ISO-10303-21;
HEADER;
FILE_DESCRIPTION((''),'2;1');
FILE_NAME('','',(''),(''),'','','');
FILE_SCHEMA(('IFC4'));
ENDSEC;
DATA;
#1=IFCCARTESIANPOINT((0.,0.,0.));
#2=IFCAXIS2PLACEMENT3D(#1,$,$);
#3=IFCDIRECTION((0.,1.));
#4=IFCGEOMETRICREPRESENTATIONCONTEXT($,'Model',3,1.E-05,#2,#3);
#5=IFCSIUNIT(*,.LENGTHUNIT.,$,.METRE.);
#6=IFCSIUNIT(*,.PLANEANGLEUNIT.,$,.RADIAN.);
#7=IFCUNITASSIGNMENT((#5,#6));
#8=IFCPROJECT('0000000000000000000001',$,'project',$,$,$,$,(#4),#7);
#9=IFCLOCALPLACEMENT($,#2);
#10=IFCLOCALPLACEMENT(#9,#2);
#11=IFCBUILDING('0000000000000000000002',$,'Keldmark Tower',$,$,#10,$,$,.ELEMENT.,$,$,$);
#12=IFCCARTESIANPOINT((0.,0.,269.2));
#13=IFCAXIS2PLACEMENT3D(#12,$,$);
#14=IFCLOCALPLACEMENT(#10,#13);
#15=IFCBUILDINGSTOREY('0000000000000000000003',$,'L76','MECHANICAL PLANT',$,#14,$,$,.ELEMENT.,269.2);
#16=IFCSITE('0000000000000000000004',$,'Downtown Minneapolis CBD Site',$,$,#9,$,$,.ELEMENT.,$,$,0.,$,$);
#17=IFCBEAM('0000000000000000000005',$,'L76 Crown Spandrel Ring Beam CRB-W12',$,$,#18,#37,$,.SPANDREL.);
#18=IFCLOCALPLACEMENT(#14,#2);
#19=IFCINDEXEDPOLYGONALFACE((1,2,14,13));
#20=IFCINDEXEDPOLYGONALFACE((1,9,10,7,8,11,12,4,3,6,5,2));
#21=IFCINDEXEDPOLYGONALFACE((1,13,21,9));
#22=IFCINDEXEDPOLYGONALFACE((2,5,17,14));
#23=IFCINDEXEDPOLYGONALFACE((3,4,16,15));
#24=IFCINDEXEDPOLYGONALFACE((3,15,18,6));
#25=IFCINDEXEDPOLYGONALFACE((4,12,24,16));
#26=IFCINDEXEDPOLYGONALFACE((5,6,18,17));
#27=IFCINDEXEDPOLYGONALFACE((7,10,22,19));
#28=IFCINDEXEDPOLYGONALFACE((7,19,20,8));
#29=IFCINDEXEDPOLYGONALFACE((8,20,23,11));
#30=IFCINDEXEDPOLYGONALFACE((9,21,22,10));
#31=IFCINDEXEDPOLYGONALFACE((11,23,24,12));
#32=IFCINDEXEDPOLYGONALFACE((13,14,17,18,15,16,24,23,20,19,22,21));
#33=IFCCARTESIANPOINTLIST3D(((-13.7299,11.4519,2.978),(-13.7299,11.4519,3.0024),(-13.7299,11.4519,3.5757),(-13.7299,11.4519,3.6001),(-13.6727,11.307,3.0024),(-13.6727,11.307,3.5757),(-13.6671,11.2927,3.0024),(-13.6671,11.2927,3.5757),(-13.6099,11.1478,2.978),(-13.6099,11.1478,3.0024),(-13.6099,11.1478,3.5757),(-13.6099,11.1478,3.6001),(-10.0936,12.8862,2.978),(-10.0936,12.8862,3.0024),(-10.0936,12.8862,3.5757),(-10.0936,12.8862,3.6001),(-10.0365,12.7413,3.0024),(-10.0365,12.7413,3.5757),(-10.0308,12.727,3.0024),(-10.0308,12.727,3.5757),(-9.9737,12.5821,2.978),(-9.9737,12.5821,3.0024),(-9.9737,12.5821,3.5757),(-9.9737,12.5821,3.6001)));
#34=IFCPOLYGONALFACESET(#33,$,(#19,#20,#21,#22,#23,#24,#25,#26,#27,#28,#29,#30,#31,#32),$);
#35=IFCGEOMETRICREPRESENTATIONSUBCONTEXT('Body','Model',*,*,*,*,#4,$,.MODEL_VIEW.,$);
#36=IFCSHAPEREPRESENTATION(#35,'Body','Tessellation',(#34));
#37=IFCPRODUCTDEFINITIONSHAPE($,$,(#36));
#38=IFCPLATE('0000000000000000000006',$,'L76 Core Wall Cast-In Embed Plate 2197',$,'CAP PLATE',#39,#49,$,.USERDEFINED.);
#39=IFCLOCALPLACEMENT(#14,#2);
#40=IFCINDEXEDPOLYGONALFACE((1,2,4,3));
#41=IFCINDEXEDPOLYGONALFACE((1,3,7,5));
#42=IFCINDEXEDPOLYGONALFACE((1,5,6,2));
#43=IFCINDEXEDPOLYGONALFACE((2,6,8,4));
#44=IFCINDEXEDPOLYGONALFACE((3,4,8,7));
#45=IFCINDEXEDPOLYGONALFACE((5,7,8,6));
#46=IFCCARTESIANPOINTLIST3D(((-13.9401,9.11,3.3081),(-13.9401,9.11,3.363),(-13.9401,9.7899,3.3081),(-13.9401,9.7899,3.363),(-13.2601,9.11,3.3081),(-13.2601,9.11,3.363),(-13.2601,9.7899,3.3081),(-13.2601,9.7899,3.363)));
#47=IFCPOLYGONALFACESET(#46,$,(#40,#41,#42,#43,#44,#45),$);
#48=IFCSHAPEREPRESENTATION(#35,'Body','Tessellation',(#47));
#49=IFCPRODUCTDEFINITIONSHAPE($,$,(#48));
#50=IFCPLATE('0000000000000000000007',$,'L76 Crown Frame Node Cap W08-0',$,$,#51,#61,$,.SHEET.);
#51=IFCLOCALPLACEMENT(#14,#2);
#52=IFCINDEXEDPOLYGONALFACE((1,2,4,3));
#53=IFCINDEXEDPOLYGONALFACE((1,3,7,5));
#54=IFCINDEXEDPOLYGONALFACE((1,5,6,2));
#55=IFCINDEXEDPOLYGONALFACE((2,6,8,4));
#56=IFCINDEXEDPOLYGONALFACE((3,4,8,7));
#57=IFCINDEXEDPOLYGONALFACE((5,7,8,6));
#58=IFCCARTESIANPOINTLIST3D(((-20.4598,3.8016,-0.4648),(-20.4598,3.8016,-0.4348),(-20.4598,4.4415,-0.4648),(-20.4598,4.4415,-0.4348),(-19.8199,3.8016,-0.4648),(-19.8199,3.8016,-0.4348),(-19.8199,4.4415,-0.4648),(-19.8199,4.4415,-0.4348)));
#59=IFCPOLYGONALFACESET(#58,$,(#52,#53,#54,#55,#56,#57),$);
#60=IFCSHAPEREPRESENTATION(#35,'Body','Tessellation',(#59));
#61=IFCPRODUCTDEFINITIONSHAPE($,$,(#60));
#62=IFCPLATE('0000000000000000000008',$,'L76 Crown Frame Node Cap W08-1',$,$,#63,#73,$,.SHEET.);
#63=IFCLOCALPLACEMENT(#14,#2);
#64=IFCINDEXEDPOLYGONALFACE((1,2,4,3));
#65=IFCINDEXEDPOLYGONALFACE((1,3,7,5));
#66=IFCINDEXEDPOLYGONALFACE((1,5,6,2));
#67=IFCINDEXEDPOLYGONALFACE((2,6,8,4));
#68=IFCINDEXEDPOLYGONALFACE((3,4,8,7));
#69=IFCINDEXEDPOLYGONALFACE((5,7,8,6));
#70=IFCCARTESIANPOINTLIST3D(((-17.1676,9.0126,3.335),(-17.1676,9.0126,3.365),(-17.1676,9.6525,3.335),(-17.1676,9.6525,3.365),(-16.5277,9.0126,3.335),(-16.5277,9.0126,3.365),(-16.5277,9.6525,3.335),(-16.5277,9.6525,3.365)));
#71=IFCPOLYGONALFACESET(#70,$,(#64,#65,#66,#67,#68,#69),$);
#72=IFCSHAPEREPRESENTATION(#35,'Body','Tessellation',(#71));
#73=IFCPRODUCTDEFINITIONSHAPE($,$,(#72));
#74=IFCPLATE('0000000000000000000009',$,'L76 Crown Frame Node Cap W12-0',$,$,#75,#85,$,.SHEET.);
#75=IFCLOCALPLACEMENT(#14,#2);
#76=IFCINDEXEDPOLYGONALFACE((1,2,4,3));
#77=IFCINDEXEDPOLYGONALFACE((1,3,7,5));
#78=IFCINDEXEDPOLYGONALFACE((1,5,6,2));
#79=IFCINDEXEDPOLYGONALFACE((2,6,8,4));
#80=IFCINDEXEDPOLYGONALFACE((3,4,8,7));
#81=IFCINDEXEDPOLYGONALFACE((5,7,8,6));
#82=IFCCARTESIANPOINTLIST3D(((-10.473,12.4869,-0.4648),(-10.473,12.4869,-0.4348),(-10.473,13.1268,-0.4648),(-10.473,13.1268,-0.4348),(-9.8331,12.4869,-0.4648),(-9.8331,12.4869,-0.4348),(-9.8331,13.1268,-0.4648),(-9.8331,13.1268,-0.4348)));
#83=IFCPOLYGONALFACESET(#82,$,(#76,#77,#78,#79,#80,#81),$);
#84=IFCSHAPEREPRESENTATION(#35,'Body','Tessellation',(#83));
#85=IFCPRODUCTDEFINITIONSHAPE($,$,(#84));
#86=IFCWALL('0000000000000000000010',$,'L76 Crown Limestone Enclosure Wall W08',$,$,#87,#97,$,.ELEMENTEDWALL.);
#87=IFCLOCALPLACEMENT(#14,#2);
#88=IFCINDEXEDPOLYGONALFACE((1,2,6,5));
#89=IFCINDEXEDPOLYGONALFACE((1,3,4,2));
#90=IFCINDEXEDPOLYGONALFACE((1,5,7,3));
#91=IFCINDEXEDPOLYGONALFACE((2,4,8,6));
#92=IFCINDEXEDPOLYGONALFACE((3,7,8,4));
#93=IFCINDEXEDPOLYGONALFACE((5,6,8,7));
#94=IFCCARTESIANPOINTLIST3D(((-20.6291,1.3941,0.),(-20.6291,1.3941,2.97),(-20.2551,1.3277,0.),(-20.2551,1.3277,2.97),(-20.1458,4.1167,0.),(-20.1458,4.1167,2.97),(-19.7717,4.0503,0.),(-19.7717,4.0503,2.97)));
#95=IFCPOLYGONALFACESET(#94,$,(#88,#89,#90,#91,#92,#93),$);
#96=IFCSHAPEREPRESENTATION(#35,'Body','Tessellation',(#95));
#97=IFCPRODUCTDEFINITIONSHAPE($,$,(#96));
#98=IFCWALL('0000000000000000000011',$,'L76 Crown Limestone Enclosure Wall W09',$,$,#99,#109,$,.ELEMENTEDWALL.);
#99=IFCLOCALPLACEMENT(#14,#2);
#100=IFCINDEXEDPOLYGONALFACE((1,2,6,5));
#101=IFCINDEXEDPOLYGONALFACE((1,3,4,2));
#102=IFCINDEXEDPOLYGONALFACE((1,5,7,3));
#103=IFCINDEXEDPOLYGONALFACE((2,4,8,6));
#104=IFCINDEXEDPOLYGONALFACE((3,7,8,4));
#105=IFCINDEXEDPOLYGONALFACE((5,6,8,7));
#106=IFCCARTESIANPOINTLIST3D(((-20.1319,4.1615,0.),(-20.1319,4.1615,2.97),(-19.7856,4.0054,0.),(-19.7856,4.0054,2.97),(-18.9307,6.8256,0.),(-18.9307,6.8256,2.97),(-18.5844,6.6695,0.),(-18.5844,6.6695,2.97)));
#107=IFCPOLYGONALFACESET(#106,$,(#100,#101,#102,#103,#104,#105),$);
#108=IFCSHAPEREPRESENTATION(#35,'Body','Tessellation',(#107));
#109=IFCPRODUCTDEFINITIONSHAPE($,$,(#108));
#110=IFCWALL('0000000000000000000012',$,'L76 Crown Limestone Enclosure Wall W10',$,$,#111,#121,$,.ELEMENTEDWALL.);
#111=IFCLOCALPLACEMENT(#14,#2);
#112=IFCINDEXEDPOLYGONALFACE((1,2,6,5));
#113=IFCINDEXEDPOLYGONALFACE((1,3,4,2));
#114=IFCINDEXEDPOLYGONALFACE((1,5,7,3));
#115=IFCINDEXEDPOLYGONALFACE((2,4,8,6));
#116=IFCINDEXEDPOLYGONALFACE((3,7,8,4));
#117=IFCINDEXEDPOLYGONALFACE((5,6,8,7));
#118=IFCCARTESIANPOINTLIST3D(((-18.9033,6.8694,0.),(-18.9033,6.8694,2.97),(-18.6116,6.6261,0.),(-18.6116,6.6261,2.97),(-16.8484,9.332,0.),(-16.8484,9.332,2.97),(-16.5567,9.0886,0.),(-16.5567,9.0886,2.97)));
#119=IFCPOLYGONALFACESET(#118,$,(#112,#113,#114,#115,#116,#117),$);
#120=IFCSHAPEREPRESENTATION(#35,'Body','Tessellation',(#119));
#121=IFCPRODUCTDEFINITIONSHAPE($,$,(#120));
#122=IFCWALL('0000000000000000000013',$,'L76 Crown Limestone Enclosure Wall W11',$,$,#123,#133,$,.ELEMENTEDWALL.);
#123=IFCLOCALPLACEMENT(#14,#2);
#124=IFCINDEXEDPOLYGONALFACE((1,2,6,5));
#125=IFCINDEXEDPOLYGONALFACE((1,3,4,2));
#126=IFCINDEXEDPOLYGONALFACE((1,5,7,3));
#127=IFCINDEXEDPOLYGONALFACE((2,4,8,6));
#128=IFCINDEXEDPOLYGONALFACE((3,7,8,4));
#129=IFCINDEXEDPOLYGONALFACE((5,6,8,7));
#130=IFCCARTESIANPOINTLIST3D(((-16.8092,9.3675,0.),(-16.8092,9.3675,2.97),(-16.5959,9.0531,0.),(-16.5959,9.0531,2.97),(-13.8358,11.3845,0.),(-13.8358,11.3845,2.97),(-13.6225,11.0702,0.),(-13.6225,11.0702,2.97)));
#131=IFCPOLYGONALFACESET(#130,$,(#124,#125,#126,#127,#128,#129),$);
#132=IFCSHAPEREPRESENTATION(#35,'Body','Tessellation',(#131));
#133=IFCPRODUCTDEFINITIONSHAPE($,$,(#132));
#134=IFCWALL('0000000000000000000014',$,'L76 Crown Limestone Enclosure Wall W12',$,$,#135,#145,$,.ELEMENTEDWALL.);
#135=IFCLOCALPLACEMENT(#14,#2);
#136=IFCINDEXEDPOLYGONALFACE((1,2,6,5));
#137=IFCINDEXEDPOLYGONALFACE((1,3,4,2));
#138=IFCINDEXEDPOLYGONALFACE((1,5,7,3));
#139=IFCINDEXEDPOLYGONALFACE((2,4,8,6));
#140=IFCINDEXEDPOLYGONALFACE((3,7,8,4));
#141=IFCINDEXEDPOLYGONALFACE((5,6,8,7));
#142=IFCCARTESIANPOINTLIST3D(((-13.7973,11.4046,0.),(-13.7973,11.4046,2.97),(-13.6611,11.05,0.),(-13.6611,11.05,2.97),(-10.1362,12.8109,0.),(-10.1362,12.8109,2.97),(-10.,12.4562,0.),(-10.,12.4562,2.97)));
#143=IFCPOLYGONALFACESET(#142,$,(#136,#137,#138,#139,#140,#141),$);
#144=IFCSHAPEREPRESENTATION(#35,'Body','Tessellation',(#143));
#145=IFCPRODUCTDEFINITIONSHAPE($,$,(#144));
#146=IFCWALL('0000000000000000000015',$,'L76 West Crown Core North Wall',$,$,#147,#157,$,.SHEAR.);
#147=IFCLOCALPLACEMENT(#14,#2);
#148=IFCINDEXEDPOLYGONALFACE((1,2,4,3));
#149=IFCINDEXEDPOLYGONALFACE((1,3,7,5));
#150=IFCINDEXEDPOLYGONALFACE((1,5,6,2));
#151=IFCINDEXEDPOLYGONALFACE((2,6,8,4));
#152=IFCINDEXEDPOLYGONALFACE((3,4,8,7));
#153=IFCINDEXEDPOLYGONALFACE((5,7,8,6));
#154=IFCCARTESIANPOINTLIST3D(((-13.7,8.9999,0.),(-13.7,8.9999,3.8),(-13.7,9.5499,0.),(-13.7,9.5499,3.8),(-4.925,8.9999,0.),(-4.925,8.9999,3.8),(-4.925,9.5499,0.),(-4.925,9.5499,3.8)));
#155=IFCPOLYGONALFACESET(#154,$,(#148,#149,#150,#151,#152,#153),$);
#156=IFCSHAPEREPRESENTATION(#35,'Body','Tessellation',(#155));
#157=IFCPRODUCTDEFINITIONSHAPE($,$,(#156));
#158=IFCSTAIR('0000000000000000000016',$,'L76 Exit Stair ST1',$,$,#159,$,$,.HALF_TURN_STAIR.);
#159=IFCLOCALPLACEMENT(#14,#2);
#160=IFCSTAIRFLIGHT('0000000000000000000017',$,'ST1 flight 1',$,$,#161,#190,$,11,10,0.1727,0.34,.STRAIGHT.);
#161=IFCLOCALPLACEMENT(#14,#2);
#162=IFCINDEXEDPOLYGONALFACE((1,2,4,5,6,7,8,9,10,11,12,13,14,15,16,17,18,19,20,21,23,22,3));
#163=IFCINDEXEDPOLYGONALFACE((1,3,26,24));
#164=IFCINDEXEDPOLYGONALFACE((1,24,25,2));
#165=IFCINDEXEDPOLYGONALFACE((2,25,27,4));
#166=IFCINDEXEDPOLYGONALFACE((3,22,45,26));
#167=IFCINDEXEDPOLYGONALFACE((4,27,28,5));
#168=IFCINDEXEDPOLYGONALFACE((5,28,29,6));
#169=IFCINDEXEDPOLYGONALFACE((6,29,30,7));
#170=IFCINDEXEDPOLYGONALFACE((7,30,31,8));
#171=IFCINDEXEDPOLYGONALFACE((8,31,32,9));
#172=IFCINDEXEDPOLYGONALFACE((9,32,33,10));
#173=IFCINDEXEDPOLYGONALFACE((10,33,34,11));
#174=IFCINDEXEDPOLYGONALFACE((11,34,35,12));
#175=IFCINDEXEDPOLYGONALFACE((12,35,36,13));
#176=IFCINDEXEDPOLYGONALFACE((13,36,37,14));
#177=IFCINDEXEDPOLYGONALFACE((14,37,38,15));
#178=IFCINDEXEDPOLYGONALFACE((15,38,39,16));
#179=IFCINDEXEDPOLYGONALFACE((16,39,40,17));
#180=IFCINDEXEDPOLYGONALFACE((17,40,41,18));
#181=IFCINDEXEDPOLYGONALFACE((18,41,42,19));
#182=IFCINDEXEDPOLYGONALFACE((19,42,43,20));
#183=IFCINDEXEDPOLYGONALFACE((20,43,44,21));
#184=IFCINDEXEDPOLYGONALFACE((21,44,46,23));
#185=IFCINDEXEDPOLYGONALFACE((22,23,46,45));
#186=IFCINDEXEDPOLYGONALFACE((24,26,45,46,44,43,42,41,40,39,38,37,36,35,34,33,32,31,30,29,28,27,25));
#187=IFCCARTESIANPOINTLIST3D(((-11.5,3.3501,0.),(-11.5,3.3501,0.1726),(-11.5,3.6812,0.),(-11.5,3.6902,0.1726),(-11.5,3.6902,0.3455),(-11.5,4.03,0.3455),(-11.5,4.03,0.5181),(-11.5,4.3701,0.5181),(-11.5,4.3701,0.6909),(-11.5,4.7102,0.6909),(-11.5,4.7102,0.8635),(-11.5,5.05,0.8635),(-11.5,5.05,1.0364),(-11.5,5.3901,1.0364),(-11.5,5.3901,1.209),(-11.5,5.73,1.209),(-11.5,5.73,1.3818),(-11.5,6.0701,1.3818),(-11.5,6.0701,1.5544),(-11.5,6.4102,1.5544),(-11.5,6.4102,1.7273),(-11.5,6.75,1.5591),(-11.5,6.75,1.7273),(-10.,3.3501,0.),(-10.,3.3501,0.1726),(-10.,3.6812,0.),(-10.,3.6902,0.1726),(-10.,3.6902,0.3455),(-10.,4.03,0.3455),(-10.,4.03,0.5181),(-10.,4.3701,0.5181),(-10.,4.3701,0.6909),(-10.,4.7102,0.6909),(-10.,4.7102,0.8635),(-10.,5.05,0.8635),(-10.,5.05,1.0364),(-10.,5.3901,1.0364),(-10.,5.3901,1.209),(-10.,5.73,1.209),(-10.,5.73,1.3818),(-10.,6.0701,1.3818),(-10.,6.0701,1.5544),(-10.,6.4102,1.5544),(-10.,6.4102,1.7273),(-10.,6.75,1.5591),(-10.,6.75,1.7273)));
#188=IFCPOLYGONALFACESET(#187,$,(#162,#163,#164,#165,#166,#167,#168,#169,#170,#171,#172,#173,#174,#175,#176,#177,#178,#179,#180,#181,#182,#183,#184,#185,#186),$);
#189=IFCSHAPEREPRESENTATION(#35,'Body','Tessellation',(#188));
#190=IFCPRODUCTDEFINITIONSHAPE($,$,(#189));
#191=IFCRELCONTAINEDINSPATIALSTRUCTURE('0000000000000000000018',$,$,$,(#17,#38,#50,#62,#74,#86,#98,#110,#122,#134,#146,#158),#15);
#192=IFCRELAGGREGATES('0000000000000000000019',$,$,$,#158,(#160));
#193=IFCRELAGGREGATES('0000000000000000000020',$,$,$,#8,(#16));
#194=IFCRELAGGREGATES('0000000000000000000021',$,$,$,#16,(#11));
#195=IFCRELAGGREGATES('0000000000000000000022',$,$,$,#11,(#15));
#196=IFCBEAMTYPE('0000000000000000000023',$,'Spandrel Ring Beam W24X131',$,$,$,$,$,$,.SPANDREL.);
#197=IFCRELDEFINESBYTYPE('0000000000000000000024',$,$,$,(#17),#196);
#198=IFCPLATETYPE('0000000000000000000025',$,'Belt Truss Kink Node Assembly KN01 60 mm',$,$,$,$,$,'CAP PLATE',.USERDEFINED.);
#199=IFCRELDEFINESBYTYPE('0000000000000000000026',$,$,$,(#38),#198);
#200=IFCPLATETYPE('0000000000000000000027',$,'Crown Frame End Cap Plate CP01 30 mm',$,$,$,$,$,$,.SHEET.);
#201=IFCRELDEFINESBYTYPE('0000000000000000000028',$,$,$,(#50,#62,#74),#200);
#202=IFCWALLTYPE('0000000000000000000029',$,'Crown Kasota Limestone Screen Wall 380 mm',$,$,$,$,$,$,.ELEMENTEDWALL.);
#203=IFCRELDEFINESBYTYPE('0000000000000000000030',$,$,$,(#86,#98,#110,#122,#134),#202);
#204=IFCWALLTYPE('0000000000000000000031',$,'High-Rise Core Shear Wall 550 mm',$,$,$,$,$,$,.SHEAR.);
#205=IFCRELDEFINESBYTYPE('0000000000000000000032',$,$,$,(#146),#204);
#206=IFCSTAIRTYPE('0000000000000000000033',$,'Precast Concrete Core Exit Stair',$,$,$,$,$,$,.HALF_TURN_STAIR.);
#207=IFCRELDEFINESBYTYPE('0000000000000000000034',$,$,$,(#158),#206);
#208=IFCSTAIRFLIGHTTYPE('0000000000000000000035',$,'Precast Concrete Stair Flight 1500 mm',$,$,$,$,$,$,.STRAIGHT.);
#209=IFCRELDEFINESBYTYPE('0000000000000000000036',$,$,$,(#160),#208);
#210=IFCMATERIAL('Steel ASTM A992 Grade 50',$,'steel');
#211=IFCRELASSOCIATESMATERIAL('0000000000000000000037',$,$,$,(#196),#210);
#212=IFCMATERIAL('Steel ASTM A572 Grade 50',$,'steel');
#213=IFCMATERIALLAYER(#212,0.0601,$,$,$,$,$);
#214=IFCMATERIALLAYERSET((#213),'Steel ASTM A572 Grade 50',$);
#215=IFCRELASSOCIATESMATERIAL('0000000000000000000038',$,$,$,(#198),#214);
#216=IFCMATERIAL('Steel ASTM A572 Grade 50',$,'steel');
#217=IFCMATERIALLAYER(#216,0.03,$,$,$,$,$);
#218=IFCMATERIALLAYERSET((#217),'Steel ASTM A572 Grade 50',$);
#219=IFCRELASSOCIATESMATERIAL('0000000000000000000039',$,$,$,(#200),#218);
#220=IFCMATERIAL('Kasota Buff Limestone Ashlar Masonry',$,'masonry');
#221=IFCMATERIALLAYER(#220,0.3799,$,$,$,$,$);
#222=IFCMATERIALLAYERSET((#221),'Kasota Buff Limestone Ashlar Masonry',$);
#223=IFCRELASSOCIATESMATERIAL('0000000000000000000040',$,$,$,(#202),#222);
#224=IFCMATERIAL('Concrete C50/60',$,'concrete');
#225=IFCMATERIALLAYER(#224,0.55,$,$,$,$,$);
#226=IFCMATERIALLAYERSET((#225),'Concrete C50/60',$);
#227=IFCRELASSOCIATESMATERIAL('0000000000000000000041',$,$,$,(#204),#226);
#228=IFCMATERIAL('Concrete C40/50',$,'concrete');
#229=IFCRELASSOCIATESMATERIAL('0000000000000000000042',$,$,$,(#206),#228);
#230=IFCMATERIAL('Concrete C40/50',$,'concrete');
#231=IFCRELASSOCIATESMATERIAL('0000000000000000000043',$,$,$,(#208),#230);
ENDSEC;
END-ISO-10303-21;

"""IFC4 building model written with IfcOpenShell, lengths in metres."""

from ifc_helpers import new_model, si_unit, direction, frame, frame_2d, origin, origin_2d, place, context, subcontext, project, spatial, polyline, rectangle, i_section, outline, extrude, material, layer, layer_set, material_profile, profile_set, type_object, element, aggregate, save


model = new_model("IFC4")

# Units and contexts
model_context = context("Model", 3, precision=1e-05, world=origin(), true_north=direction((0.0, 1.0)))
body_context = subcontext(model_context, "Body", "Model", "MODEL_VIEW")
ifc_project = project(units=[si_unit("LENGTHUNIT", "METRE"), si_unit("PLANEANGLEUNIT", "RADIAN")], contexts=[model_context])

# Site, building, storey
site_placement = place(None, origin())
site = spatial("IfcSite", under=ifc_project, at=site_placement, Name="Downtown Minneapolis CBD Site", CompositionType="ELEMENT", RefElevation=0.0)
building_placement = place(site_placement, origin())
building = spatial("IfcBuilding", under=site, at=building_placement, Name="Keldmark Tower", CompositionType="ELEMENT")
storey_placement = place(building_placement, frame((0.0, 0.0, 269.2)))
storey = spatial("IfcBuildingStorey", under=building, at=storey_placement, Name="L76", Description="MECHANICAL PLANT", CompositionType="ELEMENT", Elevation=269.2)

# Beam
ifc_material_1 = material(Name="Steel ASTM A992 Grade 50", Category="steel")
ifc_material_profile_1 = material_profile(ifc_material_1, i_section(OverallWidth=0.3269, OverallDepth=0.6221, WebThickness=0.0154, FlangeThickness=0.0244, at=origin_2d()), Name="W24X131")
ifc_profile_set_1 = profile_set([ifc_material_profile_1], Name="Steel ASTM A992 Grade 50")
beam_type_1 = type_object("IfcBeamType", Name="Spandrel Ring Beam W24X131", PredefinedType="SPANDREL", material=ifc_profile_set_1)
beam_1_placement = place(storey_placement, frame((-13.6699, 11.2998, 3.2891), z_axis=(0.930245, 0.366939, 0.0), x_axis=(-0.366939, 0.930245, 0.0)))
element("IfcBeam", 1, at=beam_1_placement, inside=storey, type_object=beam_type_1, Name="L76 Crown Spandrel Ring Beam CRB-W12", PredefinedType="SPANDREL", context=body_context, shape_type="SweptSolid", body=[
    extrude(i_section(OverallWidth=0.3269, OverallDepth=0.6221, WebThickness=0.0154, FlangeThickness=0.0244, at=origin_2d()), origin(), (0.0, 0.0, 1.0), 3.9089),
])

# Plates
ifc_material_2 = material(Name="Steel ASTM A572 Grade 50", Category="steel")
ifc_layer_1 = layer(ifc_material_2, 0.0601)
ifc_layer_set_1 = layer_set([ifc_layer_1], Name="Steel ASTM A572 Grade 50")
plate_type_1 = type_object("IfcPlateType", Name="Belt Truss Kink Node Assembly KN01 60 mm", ElementType="CAP PLATE", PredefinedType="USERDEFINED", material=ifc_layer_set_1)
plate_placement = place(storey_placement, frame((-13.6001, 9.45, 3.3081), z_axis=(0.0, 0.0, 1.0), x_axis=(1.0, 0.0, 0.0)))
element("IfcPlate", 2, at=plate_placement, inside=storey, type_object=plate_type_1, Name="L76 Core Wall Cast-In Embed Plate 2197", ObjectType="CAP PLATE", PredefinedType="USERDEFINED", context=body_context, shape_type="SweptSolid", body=[
    extrude(rectangle(XDim=0.6799, YDim=0.6799, at=origin_2d()), origin(), (0.0, 0.0, 1.0), 0.0549),
])
ifc_material_3 = material(Name="Steel ASTM A572 Grade 50", Category="steel")
ifc_layer_2 = layer(ifc_material_3, 0.03)
ifc_layer_set_2 = layer_set([ifc_layer_2], Name="Steel ASTM A572 Grade 50")
plate_type_2 = type_object("IfcPlateType", Name="Crown Frame End Cap Plate CP01 30 mm", PredefinedType="SHEET", material=ifc_layer_set_2)
for number, where, z_axis, x_axis, name in (
    (3, (-20.1399, 4.1216, -0.4648), (0.0, 0.0, 1.0), (1.0, 0.0, 0.0), "L76 Crown Frame Node Cap W08-0"),
    (4, (-16.8477, 9.3325, 3.335), (0.0, 0.0, 1.0), (1.0, 0.0, 0.0), "L76 Crown Frame Node Cap W08-1"),
    (5, (-10.1531, 12.8069, -0.4648), (0.0, 0.0, 1.0), (1.0, 0.0, 0.0), "L76 Crown Frame Node Cap W12-0"),
):
    element("IfcPlate", number, at=place(storey_placement, frame(where, z_axis=z_axis, x_axis=x_axis)), inside=storey, type_object=plate_type_2, Name=name, PredefinedType="SHEET", context=body_context, shape_type="SweptSolid", body=[
        extrude(rectangle(XDim=0.6399, YDim=0.6399, at=origin_2d()), origin(), (0.0, 0.0, 1.0), 0.03),
    ])

# Walls
ifc_material_4 = material(Name="Kasota Buff Limestone Ashlar Masonry", Category="masonry")
ifc_layer_3 = layer(ifc_material_4, 0.3799)
ifc_layer_set_3 = layer_set([ifc_layer_3], Name="Kasota Buff Limestone Ashlar Masonry")
wall_type_1 = type_object("IfcWallType", Name="Crown Kasota Limestone Screen Wall 380 mm", PredefinedType="ELEMENTEDWALL", material=ifc_layer_set_3)
wall_1_placement = place(storey_placement, frame((-19.9587, 4.0835, 0.0), z_axis=(0.0, 0.0, 1.0), x_axis=(-0.174813, -0.984602, 0.0)))
element("IfcWall", 6, at=wall_1_placement, inside=storey, type_object=wall_type_1, Name="L76 Crown Limestone Enclosure Wall W08", PredefinedType="ELEMENTEDWALL", context=body_context, shape_type="SweptSolid", body=[
    extrude(rectangle(XDim=2.7651, YDim=0.3799, at=frame_2d((1.3826, 0.0))), origin(), (0.0, 0.0, 1.0), 2.97),
])
wall_2_placement = place(storey_placement, frame((-18.7576, 6.7476, 0.0), z_axis=(0.0, 0.0, 1.0), x_axis=(-0.411032, -0.911621, 0.0)))
element("IfcWall", 7, at=wall_2_placement, inside=storey, type_object=wall_type_1, Name="L76 Crown Limestone Enclosure Wall W09", PredefinedType="ELEMENTEDWALL", context=body_context, shape_type="SweptSolid", body=[
    extrude(rectangle(XDim=2.9224, YDim=0.3799, at=frame_2d((1.4612, 0.0))), origin(), (0.0, 0.0, 1.0), 2.97),
])
wall_3_placement = place(storey_placement, frame((-16.7026, 9.2102, 0.0), z_axis=(0.0, 0.0, 1.0), x_axis=(-0.640686, -0.767803, 0.0)))
element("IfcWall", 8, at=wall_3_placement, inside=storey, type_object=wall_type_1, Name="L76 Crown Limestone Enclosure Wall W10", PredefinedType="ELEMENTEDWALL", context=body_context, shape_type="SweptSolid", body=[
    extrude(rectangle(XDim=3.2073, YDim=0.3799, at=frame_2d((1.6035, 0.0))), origin(), (0.0, 0.0, 1.0), 2.97),
])
wall_4_placement = place(storey_placement, frame((-13.7292, 11.2273, 0.0), z_axis=(0.0, 0.0, 1.0), x_axis=(-0.827549, -0.561393, 0.0)))
element("IfcWall", 9, at=wall_4_placement, inside=storey, type_object=wall_type_1, Name="L76 Crown Limestone Enclosure Wall W11", PredefinedType="ELEMENTEDWALL", context=body_context, shape_type="SweptSolid", body=[
    extrude(rectangle(XDim=3.593, YDim=0.3799, at=frame_2d((1.7964, 0.0))), origin(), (0.0, 0.0, 1.0), 2.97),
])
wall_5_placement = place(storey_placement, frame((-10.0681, 12.6335, 0.0), z_axis=(0.0, 0.0, 1.0), x_axis=(-0.933506, -0.358562, 0.0)))
element("IfcWall", 10, at=wall_5_placement, inside=storey, type_object=wall_type_1, Name="L76 Crown Limestone Enclosure Wall W12", PredefinedType="ELEMENTEDWALL", context=body_context, shape_type="SweptSolid", body=[
    extrude(rectangle(XDim=3.9219, YDim=0.3799, at=frame_2d((1.9609, 0.0))), origin(), (0.0, 0.0, 1.0), 2.97),
])
ifc_material_5 = material(Name="Concrete C50/60", Category="concrete")
ifc_layer_4 = layer(ifc_material_5, 0.55)
ifc_layer_set_4 = layer_set([ifc_layer_4], Name="Concrete C50/60")
wall_type_2 = type_object("IfcWallType", Name="High-Rise Core Shear Wall 550 mm", PredefinedType="SHEAR", material=ifc_layer_set_4)
wall_6_placement = place(storey_placement, frame((-13.7, 9.2749, 0.0), z_axis=(0.0, 0.0, 1.0), x_axis=(1.0, 0.0, 0.0)))
element("IfcWall", 11, at=wall_6_placement, inside=storey, type_object=wall_type_2, Name="L76 West Crown Core North Wall", PredefinedType="SHEAR", context=body_context, shape_type="SweptSolid", body=[
    extrude(rectangle(XDim=8.7749, YDim=0.55, at=frame_2d((4.3875, 0.0))), origin(), (0.0, 0.0, 1.0), 3.8),
])

# Stair, stair flight
ifc_material_6 = material(Name="Concrete C40/50", Category="concrete")
stair_type = type_object("IfcStairType", Name="Precast Concrete Core Exit Stair", PredefinedType="HALF_TURN_STAIR", material=ifc_material_6)
stair_placement = place(storey_placement, origin())
stair = element("IfcStair", 12, at=stair_placement, inside=storey, type_object=stair_type, Name="L76 Exit Stair ST1", PredefinedType="HALF_TURN_STAIR")
ifc_material_7 = material(Name="Concrete C40/50", Category="concrete")
stair_flight_type = type_object("IfcStairFlightType", Name="Precast Concrete Stair Flight 1500 mm", PredefinedType="STRAIGHT", material=ifc_material_7)
stair_flight_1_placement = place(storey_placement, frame((-10.75, 3.3501, 0.0), z_axis=(0.0, 0.0, 1.0), x_axis=(0.0, 1.0, 0.0)))
stair_flight_1 = element("IfcStairFlight", 13, at=stair_flight_1_placement, type_object=stair_flight_type, Name="ST1 flight 1", NumberOfRisers=11, NumberOfTreads=10, PredefinedType="STRAIGHT", RiserHeight=0.1727, TreadLength=0.34, context=body_context, shape_type="SweptSolid", body=[
    extrude(outline(polyline([(0.0, 0.0), (0.0, 0.1726), (0.3401, 0.1726), (0.3401, 0.3455), (0.6799, 0.3455), (0.6799, 0.5181), (1.02, 0.5181), (1.02, 0.6909), (1.3601, 0.6909), (1.3601, 0.8635), (1.7, 0.8635), (1.7, 1.0364), (2.04, 1.0364), (2.04, 1.209), (2.3799, 1.209), (2.3799, 1.3818), (2.72, 1.3818), (2.72, 1.5544), (3.0601, 1.5544), (3.0601, 1.7273), (3.3999, 1.7273), (3.3999, 1.8999), (3.3999, 1.5591), (0.3311, 0.0), (0.0, 0.0)])), frame((0.0, 0.75, 0.0), z_axis=(0.0, -1.0, 0.0), x_axis=(1.0, 0.0, 0.0)), (0.0, 0.0, 1.0), 1.5),
])
aggregate(stair, [stair_flight_1])

save(model, "model.ifc")
